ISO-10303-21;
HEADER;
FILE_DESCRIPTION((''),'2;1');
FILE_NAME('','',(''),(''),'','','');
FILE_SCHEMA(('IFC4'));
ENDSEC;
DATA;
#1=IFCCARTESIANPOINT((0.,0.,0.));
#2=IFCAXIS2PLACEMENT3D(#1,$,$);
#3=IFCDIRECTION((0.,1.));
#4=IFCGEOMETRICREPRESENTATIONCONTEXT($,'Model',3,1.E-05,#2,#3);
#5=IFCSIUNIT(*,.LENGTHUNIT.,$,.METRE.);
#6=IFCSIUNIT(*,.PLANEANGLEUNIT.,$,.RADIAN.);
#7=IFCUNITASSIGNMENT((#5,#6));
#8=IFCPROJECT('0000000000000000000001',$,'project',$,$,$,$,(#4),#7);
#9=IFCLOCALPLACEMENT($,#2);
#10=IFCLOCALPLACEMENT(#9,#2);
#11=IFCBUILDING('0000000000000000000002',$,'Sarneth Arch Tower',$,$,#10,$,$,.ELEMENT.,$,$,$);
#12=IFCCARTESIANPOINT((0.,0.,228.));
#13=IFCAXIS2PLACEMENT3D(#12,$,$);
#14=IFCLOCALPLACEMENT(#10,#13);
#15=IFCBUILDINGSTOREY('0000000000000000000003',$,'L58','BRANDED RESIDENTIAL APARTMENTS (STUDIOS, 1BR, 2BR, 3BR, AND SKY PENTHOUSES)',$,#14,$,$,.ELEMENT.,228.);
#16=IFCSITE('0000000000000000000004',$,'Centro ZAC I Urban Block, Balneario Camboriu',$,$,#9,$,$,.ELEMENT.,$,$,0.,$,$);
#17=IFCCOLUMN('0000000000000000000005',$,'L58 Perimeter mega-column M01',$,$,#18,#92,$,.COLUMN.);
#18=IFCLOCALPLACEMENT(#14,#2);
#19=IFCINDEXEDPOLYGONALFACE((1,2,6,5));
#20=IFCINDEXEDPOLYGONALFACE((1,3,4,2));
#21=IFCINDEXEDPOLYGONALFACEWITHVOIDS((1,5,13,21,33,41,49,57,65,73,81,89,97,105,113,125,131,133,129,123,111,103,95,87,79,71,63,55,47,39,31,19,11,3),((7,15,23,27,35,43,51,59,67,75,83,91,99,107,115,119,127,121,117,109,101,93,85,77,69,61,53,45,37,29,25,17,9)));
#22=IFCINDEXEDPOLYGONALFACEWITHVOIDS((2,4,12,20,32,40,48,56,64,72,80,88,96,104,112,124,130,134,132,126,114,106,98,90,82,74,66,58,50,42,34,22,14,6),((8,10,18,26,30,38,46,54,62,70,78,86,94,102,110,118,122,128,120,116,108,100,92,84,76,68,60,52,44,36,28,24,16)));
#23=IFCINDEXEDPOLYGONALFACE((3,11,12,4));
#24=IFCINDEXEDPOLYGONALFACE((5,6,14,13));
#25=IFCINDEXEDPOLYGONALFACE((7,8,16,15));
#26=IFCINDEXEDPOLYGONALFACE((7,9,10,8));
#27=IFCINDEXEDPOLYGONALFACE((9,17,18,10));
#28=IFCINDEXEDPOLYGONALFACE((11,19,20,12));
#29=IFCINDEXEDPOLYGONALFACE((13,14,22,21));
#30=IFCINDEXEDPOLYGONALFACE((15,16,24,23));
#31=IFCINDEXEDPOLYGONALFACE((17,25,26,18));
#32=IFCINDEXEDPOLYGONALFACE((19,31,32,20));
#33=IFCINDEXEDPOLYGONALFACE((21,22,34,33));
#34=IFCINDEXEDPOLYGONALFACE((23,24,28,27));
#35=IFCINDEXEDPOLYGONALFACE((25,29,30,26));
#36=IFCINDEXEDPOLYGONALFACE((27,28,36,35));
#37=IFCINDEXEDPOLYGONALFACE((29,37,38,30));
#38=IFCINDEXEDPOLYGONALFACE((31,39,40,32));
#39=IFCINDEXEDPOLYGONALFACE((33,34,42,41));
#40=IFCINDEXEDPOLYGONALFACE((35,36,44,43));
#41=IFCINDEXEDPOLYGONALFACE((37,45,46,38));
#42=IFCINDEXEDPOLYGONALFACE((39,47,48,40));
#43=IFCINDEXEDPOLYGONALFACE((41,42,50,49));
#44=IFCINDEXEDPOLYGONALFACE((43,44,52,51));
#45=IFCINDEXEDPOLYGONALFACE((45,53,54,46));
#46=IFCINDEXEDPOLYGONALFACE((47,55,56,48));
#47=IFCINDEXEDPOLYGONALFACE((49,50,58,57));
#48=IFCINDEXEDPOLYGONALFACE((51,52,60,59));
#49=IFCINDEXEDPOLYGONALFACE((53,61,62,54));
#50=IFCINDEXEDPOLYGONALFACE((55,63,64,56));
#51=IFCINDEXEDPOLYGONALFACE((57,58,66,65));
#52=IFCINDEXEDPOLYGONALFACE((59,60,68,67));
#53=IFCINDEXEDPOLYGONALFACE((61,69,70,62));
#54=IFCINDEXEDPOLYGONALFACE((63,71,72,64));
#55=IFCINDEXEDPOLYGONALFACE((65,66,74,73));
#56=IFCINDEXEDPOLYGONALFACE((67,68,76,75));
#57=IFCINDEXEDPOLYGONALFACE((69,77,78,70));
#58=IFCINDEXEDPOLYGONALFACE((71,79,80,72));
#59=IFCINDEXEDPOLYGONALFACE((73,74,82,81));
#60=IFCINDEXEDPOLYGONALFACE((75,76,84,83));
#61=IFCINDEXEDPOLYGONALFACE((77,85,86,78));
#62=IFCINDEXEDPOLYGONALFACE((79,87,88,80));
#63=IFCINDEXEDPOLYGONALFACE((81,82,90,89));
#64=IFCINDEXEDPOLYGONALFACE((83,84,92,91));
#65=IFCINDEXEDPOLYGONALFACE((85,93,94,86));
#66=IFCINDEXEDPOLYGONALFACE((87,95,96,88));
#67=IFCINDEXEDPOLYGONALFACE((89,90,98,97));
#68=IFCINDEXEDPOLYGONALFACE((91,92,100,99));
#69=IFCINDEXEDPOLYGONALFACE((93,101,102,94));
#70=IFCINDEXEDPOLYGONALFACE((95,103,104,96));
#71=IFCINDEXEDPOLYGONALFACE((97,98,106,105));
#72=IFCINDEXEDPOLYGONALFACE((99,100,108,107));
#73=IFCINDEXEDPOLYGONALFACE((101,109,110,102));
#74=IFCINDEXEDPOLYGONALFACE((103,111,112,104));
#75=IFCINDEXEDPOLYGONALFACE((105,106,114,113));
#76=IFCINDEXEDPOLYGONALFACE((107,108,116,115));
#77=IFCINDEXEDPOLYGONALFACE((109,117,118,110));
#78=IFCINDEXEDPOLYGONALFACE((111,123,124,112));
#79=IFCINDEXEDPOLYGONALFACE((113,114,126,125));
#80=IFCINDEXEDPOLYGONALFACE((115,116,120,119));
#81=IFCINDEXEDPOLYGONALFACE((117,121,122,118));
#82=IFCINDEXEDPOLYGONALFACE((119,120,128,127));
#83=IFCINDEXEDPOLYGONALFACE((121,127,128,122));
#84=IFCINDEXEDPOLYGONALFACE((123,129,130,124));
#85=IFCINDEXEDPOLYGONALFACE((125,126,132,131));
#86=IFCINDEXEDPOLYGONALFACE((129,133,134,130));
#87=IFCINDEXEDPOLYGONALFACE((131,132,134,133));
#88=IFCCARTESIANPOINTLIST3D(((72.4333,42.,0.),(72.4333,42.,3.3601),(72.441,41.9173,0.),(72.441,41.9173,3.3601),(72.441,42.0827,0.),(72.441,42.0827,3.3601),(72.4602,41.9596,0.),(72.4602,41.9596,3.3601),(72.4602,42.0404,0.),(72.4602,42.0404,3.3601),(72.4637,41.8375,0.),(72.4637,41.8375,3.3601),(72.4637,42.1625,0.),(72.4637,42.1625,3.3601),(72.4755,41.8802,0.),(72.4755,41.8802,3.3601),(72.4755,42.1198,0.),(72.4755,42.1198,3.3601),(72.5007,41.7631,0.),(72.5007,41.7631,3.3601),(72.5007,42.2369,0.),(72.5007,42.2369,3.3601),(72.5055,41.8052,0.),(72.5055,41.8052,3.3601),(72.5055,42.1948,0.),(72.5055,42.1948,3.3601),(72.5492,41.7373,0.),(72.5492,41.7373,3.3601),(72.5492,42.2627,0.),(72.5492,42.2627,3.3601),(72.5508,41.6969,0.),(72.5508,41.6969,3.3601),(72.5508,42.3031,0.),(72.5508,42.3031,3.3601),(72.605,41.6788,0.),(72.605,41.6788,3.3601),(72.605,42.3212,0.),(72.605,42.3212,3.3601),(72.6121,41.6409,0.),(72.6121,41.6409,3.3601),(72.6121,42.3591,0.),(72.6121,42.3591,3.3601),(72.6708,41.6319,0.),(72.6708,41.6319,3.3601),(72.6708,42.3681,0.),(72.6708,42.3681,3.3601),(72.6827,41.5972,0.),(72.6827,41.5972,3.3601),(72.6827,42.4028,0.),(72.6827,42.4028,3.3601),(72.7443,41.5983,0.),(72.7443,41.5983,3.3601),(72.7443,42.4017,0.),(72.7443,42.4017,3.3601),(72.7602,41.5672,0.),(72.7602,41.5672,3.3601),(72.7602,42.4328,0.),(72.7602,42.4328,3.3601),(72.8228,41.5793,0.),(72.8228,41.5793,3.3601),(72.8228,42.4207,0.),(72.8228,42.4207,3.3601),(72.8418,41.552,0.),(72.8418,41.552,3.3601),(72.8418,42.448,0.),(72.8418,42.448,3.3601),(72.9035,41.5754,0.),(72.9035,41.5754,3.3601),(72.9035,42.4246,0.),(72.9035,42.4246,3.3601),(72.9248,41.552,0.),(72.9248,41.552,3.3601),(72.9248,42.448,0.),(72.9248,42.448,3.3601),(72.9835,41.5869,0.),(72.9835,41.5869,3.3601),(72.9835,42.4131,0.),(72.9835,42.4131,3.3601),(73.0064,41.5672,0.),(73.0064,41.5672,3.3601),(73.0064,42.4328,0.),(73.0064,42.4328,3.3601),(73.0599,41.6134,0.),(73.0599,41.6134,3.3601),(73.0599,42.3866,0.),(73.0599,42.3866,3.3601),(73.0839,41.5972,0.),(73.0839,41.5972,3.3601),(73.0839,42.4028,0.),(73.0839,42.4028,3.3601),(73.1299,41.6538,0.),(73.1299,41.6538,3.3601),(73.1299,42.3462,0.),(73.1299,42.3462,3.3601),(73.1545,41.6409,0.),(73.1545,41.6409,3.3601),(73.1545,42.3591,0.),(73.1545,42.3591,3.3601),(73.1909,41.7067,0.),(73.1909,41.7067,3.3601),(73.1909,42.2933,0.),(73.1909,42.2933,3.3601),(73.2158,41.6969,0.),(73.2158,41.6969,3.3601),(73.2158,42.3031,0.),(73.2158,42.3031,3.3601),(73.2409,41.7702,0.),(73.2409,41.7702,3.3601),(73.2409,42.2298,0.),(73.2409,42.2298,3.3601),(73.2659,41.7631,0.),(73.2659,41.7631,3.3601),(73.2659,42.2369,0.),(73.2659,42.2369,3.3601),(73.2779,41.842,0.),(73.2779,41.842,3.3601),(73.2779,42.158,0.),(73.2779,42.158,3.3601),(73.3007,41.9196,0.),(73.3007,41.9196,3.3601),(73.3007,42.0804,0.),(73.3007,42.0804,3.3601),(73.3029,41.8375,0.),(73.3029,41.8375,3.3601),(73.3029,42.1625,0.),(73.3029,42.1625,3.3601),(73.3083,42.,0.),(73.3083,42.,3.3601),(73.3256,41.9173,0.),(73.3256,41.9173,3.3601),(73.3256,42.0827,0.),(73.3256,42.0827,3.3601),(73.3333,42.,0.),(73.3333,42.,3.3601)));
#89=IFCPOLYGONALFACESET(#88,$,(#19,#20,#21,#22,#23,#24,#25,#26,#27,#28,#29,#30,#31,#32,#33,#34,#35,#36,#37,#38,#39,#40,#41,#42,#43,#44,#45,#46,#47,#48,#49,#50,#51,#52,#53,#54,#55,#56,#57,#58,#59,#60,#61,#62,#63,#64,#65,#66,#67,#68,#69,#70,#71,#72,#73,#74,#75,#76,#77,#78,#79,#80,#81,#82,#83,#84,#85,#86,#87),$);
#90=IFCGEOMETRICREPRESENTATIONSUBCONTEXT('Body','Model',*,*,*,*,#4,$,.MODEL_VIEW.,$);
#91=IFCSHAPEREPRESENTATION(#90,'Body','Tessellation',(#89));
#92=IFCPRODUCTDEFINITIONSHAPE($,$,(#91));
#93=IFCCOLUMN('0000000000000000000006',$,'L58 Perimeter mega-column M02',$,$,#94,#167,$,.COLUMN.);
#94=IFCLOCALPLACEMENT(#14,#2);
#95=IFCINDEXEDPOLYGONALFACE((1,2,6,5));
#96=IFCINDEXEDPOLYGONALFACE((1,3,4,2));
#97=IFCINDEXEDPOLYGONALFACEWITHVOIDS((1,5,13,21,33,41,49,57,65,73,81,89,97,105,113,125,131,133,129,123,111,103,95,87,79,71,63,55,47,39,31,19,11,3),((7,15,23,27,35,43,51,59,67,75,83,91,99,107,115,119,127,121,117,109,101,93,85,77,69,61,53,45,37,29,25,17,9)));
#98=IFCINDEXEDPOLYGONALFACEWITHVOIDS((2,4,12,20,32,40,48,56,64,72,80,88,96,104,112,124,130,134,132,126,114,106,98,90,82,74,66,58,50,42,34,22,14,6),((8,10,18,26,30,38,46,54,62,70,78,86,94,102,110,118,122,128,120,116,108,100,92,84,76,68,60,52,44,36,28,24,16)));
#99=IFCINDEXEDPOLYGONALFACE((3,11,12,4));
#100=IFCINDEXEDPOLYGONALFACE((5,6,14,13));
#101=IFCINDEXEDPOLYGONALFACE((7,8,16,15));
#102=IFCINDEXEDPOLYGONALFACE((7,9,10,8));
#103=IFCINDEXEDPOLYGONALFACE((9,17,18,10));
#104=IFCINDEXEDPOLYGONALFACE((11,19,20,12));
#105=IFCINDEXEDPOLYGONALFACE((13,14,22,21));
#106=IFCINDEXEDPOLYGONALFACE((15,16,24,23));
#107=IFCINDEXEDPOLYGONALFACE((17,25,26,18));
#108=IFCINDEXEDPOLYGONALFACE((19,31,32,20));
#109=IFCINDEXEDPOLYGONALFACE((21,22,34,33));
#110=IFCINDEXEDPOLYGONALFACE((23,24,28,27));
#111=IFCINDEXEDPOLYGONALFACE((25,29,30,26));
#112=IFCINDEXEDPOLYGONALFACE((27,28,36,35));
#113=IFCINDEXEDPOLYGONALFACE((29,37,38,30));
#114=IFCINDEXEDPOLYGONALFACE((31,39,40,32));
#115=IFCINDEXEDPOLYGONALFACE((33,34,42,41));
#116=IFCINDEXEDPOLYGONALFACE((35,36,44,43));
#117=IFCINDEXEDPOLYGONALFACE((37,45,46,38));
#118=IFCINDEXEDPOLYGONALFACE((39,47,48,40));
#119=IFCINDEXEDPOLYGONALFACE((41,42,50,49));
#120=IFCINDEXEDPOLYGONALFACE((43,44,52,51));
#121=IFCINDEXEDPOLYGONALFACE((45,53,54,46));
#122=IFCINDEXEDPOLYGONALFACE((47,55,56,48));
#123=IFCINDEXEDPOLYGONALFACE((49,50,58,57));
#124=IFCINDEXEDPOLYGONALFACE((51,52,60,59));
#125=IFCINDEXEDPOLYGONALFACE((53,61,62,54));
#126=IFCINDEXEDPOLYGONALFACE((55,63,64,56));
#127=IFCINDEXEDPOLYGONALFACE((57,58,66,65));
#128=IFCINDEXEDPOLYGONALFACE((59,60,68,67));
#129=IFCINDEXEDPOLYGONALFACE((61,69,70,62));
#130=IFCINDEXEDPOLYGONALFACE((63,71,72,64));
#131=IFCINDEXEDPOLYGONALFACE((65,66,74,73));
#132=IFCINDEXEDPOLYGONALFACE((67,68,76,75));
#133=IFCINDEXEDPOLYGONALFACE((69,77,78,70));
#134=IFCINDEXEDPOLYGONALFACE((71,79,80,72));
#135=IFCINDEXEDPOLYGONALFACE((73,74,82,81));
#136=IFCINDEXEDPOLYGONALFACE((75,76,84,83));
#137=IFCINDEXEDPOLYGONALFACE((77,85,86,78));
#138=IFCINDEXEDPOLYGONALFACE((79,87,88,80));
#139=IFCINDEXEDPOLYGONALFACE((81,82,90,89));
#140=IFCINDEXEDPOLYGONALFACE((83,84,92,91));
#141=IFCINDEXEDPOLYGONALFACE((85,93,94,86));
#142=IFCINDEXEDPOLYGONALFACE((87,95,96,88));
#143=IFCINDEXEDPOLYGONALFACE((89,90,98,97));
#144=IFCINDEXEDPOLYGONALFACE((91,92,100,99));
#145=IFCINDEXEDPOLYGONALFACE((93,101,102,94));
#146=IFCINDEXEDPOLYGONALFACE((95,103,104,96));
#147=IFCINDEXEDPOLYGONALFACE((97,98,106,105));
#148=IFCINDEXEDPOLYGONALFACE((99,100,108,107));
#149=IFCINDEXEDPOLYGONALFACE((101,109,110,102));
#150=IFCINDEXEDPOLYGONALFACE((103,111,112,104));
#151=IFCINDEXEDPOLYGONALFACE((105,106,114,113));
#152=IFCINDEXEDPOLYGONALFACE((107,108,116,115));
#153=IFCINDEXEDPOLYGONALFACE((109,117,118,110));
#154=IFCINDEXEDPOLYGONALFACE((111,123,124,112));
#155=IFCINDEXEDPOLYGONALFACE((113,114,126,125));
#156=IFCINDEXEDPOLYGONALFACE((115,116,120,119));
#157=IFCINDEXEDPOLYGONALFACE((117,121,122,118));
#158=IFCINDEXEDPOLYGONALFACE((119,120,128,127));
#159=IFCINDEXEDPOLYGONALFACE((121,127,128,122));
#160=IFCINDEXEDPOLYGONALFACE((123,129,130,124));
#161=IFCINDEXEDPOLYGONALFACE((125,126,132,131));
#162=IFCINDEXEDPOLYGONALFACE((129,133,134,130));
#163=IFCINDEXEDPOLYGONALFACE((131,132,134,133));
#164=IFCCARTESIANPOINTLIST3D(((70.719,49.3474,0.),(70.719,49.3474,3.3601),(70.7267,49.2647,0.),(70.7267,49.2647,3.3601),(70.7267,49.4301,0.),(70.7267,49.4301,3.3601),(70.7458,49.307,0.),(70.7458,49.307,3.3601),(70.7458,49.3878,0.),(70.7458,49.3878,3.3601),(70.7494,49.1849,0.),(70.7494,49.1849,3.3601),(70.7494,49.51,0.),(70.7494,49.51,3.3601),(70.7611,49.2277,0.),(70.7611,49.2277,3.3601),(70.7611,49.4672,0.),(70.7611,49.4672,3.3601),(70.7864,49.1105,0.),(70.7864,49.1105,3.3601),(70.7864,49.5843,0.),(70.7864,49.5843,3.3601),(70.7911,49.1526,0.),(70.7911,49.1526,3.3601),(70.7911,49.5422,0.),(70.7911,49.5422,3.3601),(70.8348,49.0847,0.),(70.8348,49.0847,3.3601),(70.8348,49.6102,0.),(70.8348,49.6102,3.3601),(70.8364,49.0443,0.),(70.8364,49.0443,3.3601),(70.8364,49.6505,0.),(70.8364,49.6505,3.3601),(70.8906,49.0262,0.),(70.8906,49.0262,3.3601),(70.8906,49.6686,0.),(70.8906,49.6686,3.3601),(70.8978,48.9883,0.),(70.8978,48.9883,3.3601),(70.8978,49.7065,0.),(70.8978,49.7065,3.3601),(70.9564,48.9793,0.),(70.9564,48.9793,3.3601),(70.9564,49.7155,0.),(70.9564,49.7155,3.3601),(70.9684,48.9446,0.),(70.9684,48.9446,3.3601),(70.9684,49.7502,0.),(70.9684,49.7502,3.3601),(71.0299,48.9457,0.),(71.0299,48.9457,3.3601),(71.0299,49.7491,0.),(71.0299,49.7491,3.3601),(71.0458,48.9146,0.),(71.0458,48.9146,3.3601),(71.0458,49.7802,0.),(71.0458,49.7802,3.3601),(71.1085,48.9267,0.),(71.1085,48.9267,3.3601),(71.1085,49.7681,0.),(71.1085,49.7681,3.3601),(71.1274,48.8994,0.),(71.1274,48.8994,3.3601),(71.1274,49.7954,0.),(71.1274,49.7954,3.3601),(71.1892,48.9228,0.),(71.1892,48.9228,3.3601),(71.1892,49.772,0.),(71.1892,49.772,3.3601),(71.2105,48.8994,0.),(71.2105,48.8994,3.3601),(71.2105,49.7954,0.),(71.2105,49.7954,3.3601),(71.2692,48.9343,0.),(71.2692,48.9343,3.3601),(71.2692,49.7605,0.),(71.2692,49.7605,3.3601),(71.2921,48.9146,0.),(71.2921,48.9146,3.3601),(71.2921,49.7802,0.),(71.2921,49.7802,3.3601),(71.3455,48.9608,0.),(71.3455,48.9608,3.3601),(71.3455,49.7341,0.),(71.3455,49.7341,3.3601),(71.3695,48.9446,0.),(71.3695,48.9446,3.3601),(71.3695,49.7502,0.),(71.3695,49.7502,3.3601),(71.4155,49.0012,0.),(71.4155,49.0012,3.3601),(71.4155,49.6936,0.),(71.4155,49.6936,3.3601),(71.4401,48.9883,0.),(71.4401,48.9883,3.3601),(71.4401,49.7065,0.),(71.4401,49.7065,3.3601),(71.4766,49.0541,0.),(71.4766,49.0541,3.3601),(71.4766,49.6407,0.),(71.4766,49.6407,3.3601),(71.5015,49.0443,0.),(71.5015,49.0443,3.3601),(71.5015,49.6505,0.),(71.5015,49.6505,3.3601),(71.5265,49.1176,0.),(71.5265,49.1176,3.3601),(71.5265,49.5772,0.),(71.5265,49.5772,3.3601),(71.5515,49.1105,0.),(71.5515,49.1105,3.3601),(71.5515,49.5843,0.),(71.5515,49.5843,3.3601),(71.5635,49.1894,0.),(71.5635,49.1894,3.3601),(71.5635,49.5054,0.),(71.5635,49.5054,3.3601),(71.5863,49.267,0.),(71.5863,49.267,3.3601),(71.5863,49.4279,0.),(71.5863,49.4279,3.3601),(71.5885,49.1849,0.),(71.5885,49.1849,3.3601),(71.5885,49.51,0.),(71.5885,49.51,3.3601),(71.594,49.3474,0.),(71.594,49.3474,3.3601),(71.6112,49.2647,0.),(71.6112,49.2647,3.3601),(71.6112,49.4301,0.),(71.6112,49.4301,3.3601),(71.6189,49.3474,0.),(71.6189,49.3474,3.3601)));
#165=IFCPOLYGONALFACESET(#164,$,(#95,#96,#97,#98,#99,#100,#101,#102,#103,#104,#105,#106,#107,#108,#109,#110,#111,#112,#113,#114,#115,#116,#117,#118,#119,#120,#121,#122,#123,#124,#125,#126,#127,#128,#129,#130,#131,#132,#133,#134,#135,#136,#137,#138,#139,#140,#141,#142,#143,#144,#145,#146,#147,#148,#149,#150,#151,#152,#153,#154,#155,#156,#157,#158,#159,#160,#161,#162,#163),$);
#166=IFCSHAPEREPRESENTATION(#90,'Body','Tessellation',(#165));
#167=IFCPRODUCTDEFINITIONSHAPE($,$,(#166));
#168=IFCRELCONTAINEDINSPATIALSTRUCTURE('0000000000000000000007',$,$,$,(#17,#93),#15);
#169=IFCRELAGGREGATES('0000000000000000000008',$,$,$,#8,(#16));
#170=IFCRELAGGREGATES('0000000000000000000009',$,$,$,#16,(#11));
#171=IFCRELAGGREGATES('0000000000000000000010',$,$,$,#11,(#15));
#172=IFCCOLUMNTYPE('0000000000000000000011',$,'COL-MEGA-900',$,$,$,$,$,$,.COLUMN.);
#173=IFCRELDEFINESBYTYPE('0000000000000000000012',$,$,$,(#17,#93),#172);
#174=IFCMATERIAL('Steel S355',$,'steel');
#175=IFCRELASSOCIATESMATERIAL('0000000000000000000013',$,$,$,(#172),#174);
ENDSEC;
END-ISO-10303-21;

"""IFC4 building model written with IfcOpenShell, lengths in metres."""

from ifc_helpers import new_model, si_unit, direction, frame, origin, origin_2d, place, context, subcontext, project, spatial, hollow_circle, extrude, material, material_profile, profile_set, type_object, element, save


model = new_model("IFC4")

# Units and contexts
model_context = context("Model", 3, precision=1e-05, world=origin(), true_north=direction((0.0, 1.0)))
body_context = subcontext(model_context, "Body", "Model", "MODEL_VIEW")
ifc_project = project(units=[si_unit("LENGTHUNIT", "METRE"), si_unit("PLANEANGLEUNIT", "RADIAN")], contexts=[model_context])

# Site, building, storey
site_placement = place(None, origin())
site = spatial("IfcSite", under=ifc_project, at=site_placement, Name="Centro ZAC I Urban Block, Balneario Camboriu", CompositionType="ELEMENT", RefElevation=0.0)
building_placement = place(site_placement, origin())
building = spatial("IfcBuilding", under=site, at=building_placement, Name="Sarneth Arch Tower", CompositionType="ELEMENT")
storey_placement = place(building_placement, frame((0.0, 0.0, 228.0)))
storey = spatial("IfcBuildingStorey", under=building, at=storey_placement, Name="L58", Description="BRANDED RESIDENTIAL APARTMENTS (STUDIOS, 1BR, 2BR, 3BR, AND SKY PENTHOUSES)", CompositionType="ELEMENT", Elevation=228.0)

# Columns
ifc_material_1 = material(Name="Steel S355", Category="steel")
ifc_material_profile_1 = material_profile(ifc_material_1, hollow_circle(Radius=0.45, WallThickness=0.0249, at=origin_2d()), Name="CHS900x25")
ifc_profile_set_1 = profile_set([ifc_material_profile_1], Name="Steel S355")
column_type = type_object("IfcColumnType", Name="COL-MEGA-900", PredefinedType="COLUMN", material=ifc_profile_set_1)
for number, where, z_axis, x_axis, name in (
    (1, (72.8833, 42.0, 0.0), (0.0, 0.0, 1.0), (1.0, 0.0, 0.0), "L58 Perimeter mega-column M01"),
    (2, (71.1689, 49.3474, 0.0), (0.0, 0.0, 1.0), (1.0, 0.0, 0.0), "L58 Perimeter mega-column M02"),
):
    element("IfcColumn", number, at=place(storey_placement, frame(where, z_axis=z_axis, x_axis=x_axis)), inside=storey, type_object=column_type, Name=name, PredefinedType="COLUMN", context=body_context, shape_type="SweptSolid", body=[
        extrude(hollow_circle(Radius=0.45, WallThickness=0.0249, at=origin_2d()), origin(), (0.0, 0.0, 1.0), 3.3601),
    ])

save(model, "model.ifc")
